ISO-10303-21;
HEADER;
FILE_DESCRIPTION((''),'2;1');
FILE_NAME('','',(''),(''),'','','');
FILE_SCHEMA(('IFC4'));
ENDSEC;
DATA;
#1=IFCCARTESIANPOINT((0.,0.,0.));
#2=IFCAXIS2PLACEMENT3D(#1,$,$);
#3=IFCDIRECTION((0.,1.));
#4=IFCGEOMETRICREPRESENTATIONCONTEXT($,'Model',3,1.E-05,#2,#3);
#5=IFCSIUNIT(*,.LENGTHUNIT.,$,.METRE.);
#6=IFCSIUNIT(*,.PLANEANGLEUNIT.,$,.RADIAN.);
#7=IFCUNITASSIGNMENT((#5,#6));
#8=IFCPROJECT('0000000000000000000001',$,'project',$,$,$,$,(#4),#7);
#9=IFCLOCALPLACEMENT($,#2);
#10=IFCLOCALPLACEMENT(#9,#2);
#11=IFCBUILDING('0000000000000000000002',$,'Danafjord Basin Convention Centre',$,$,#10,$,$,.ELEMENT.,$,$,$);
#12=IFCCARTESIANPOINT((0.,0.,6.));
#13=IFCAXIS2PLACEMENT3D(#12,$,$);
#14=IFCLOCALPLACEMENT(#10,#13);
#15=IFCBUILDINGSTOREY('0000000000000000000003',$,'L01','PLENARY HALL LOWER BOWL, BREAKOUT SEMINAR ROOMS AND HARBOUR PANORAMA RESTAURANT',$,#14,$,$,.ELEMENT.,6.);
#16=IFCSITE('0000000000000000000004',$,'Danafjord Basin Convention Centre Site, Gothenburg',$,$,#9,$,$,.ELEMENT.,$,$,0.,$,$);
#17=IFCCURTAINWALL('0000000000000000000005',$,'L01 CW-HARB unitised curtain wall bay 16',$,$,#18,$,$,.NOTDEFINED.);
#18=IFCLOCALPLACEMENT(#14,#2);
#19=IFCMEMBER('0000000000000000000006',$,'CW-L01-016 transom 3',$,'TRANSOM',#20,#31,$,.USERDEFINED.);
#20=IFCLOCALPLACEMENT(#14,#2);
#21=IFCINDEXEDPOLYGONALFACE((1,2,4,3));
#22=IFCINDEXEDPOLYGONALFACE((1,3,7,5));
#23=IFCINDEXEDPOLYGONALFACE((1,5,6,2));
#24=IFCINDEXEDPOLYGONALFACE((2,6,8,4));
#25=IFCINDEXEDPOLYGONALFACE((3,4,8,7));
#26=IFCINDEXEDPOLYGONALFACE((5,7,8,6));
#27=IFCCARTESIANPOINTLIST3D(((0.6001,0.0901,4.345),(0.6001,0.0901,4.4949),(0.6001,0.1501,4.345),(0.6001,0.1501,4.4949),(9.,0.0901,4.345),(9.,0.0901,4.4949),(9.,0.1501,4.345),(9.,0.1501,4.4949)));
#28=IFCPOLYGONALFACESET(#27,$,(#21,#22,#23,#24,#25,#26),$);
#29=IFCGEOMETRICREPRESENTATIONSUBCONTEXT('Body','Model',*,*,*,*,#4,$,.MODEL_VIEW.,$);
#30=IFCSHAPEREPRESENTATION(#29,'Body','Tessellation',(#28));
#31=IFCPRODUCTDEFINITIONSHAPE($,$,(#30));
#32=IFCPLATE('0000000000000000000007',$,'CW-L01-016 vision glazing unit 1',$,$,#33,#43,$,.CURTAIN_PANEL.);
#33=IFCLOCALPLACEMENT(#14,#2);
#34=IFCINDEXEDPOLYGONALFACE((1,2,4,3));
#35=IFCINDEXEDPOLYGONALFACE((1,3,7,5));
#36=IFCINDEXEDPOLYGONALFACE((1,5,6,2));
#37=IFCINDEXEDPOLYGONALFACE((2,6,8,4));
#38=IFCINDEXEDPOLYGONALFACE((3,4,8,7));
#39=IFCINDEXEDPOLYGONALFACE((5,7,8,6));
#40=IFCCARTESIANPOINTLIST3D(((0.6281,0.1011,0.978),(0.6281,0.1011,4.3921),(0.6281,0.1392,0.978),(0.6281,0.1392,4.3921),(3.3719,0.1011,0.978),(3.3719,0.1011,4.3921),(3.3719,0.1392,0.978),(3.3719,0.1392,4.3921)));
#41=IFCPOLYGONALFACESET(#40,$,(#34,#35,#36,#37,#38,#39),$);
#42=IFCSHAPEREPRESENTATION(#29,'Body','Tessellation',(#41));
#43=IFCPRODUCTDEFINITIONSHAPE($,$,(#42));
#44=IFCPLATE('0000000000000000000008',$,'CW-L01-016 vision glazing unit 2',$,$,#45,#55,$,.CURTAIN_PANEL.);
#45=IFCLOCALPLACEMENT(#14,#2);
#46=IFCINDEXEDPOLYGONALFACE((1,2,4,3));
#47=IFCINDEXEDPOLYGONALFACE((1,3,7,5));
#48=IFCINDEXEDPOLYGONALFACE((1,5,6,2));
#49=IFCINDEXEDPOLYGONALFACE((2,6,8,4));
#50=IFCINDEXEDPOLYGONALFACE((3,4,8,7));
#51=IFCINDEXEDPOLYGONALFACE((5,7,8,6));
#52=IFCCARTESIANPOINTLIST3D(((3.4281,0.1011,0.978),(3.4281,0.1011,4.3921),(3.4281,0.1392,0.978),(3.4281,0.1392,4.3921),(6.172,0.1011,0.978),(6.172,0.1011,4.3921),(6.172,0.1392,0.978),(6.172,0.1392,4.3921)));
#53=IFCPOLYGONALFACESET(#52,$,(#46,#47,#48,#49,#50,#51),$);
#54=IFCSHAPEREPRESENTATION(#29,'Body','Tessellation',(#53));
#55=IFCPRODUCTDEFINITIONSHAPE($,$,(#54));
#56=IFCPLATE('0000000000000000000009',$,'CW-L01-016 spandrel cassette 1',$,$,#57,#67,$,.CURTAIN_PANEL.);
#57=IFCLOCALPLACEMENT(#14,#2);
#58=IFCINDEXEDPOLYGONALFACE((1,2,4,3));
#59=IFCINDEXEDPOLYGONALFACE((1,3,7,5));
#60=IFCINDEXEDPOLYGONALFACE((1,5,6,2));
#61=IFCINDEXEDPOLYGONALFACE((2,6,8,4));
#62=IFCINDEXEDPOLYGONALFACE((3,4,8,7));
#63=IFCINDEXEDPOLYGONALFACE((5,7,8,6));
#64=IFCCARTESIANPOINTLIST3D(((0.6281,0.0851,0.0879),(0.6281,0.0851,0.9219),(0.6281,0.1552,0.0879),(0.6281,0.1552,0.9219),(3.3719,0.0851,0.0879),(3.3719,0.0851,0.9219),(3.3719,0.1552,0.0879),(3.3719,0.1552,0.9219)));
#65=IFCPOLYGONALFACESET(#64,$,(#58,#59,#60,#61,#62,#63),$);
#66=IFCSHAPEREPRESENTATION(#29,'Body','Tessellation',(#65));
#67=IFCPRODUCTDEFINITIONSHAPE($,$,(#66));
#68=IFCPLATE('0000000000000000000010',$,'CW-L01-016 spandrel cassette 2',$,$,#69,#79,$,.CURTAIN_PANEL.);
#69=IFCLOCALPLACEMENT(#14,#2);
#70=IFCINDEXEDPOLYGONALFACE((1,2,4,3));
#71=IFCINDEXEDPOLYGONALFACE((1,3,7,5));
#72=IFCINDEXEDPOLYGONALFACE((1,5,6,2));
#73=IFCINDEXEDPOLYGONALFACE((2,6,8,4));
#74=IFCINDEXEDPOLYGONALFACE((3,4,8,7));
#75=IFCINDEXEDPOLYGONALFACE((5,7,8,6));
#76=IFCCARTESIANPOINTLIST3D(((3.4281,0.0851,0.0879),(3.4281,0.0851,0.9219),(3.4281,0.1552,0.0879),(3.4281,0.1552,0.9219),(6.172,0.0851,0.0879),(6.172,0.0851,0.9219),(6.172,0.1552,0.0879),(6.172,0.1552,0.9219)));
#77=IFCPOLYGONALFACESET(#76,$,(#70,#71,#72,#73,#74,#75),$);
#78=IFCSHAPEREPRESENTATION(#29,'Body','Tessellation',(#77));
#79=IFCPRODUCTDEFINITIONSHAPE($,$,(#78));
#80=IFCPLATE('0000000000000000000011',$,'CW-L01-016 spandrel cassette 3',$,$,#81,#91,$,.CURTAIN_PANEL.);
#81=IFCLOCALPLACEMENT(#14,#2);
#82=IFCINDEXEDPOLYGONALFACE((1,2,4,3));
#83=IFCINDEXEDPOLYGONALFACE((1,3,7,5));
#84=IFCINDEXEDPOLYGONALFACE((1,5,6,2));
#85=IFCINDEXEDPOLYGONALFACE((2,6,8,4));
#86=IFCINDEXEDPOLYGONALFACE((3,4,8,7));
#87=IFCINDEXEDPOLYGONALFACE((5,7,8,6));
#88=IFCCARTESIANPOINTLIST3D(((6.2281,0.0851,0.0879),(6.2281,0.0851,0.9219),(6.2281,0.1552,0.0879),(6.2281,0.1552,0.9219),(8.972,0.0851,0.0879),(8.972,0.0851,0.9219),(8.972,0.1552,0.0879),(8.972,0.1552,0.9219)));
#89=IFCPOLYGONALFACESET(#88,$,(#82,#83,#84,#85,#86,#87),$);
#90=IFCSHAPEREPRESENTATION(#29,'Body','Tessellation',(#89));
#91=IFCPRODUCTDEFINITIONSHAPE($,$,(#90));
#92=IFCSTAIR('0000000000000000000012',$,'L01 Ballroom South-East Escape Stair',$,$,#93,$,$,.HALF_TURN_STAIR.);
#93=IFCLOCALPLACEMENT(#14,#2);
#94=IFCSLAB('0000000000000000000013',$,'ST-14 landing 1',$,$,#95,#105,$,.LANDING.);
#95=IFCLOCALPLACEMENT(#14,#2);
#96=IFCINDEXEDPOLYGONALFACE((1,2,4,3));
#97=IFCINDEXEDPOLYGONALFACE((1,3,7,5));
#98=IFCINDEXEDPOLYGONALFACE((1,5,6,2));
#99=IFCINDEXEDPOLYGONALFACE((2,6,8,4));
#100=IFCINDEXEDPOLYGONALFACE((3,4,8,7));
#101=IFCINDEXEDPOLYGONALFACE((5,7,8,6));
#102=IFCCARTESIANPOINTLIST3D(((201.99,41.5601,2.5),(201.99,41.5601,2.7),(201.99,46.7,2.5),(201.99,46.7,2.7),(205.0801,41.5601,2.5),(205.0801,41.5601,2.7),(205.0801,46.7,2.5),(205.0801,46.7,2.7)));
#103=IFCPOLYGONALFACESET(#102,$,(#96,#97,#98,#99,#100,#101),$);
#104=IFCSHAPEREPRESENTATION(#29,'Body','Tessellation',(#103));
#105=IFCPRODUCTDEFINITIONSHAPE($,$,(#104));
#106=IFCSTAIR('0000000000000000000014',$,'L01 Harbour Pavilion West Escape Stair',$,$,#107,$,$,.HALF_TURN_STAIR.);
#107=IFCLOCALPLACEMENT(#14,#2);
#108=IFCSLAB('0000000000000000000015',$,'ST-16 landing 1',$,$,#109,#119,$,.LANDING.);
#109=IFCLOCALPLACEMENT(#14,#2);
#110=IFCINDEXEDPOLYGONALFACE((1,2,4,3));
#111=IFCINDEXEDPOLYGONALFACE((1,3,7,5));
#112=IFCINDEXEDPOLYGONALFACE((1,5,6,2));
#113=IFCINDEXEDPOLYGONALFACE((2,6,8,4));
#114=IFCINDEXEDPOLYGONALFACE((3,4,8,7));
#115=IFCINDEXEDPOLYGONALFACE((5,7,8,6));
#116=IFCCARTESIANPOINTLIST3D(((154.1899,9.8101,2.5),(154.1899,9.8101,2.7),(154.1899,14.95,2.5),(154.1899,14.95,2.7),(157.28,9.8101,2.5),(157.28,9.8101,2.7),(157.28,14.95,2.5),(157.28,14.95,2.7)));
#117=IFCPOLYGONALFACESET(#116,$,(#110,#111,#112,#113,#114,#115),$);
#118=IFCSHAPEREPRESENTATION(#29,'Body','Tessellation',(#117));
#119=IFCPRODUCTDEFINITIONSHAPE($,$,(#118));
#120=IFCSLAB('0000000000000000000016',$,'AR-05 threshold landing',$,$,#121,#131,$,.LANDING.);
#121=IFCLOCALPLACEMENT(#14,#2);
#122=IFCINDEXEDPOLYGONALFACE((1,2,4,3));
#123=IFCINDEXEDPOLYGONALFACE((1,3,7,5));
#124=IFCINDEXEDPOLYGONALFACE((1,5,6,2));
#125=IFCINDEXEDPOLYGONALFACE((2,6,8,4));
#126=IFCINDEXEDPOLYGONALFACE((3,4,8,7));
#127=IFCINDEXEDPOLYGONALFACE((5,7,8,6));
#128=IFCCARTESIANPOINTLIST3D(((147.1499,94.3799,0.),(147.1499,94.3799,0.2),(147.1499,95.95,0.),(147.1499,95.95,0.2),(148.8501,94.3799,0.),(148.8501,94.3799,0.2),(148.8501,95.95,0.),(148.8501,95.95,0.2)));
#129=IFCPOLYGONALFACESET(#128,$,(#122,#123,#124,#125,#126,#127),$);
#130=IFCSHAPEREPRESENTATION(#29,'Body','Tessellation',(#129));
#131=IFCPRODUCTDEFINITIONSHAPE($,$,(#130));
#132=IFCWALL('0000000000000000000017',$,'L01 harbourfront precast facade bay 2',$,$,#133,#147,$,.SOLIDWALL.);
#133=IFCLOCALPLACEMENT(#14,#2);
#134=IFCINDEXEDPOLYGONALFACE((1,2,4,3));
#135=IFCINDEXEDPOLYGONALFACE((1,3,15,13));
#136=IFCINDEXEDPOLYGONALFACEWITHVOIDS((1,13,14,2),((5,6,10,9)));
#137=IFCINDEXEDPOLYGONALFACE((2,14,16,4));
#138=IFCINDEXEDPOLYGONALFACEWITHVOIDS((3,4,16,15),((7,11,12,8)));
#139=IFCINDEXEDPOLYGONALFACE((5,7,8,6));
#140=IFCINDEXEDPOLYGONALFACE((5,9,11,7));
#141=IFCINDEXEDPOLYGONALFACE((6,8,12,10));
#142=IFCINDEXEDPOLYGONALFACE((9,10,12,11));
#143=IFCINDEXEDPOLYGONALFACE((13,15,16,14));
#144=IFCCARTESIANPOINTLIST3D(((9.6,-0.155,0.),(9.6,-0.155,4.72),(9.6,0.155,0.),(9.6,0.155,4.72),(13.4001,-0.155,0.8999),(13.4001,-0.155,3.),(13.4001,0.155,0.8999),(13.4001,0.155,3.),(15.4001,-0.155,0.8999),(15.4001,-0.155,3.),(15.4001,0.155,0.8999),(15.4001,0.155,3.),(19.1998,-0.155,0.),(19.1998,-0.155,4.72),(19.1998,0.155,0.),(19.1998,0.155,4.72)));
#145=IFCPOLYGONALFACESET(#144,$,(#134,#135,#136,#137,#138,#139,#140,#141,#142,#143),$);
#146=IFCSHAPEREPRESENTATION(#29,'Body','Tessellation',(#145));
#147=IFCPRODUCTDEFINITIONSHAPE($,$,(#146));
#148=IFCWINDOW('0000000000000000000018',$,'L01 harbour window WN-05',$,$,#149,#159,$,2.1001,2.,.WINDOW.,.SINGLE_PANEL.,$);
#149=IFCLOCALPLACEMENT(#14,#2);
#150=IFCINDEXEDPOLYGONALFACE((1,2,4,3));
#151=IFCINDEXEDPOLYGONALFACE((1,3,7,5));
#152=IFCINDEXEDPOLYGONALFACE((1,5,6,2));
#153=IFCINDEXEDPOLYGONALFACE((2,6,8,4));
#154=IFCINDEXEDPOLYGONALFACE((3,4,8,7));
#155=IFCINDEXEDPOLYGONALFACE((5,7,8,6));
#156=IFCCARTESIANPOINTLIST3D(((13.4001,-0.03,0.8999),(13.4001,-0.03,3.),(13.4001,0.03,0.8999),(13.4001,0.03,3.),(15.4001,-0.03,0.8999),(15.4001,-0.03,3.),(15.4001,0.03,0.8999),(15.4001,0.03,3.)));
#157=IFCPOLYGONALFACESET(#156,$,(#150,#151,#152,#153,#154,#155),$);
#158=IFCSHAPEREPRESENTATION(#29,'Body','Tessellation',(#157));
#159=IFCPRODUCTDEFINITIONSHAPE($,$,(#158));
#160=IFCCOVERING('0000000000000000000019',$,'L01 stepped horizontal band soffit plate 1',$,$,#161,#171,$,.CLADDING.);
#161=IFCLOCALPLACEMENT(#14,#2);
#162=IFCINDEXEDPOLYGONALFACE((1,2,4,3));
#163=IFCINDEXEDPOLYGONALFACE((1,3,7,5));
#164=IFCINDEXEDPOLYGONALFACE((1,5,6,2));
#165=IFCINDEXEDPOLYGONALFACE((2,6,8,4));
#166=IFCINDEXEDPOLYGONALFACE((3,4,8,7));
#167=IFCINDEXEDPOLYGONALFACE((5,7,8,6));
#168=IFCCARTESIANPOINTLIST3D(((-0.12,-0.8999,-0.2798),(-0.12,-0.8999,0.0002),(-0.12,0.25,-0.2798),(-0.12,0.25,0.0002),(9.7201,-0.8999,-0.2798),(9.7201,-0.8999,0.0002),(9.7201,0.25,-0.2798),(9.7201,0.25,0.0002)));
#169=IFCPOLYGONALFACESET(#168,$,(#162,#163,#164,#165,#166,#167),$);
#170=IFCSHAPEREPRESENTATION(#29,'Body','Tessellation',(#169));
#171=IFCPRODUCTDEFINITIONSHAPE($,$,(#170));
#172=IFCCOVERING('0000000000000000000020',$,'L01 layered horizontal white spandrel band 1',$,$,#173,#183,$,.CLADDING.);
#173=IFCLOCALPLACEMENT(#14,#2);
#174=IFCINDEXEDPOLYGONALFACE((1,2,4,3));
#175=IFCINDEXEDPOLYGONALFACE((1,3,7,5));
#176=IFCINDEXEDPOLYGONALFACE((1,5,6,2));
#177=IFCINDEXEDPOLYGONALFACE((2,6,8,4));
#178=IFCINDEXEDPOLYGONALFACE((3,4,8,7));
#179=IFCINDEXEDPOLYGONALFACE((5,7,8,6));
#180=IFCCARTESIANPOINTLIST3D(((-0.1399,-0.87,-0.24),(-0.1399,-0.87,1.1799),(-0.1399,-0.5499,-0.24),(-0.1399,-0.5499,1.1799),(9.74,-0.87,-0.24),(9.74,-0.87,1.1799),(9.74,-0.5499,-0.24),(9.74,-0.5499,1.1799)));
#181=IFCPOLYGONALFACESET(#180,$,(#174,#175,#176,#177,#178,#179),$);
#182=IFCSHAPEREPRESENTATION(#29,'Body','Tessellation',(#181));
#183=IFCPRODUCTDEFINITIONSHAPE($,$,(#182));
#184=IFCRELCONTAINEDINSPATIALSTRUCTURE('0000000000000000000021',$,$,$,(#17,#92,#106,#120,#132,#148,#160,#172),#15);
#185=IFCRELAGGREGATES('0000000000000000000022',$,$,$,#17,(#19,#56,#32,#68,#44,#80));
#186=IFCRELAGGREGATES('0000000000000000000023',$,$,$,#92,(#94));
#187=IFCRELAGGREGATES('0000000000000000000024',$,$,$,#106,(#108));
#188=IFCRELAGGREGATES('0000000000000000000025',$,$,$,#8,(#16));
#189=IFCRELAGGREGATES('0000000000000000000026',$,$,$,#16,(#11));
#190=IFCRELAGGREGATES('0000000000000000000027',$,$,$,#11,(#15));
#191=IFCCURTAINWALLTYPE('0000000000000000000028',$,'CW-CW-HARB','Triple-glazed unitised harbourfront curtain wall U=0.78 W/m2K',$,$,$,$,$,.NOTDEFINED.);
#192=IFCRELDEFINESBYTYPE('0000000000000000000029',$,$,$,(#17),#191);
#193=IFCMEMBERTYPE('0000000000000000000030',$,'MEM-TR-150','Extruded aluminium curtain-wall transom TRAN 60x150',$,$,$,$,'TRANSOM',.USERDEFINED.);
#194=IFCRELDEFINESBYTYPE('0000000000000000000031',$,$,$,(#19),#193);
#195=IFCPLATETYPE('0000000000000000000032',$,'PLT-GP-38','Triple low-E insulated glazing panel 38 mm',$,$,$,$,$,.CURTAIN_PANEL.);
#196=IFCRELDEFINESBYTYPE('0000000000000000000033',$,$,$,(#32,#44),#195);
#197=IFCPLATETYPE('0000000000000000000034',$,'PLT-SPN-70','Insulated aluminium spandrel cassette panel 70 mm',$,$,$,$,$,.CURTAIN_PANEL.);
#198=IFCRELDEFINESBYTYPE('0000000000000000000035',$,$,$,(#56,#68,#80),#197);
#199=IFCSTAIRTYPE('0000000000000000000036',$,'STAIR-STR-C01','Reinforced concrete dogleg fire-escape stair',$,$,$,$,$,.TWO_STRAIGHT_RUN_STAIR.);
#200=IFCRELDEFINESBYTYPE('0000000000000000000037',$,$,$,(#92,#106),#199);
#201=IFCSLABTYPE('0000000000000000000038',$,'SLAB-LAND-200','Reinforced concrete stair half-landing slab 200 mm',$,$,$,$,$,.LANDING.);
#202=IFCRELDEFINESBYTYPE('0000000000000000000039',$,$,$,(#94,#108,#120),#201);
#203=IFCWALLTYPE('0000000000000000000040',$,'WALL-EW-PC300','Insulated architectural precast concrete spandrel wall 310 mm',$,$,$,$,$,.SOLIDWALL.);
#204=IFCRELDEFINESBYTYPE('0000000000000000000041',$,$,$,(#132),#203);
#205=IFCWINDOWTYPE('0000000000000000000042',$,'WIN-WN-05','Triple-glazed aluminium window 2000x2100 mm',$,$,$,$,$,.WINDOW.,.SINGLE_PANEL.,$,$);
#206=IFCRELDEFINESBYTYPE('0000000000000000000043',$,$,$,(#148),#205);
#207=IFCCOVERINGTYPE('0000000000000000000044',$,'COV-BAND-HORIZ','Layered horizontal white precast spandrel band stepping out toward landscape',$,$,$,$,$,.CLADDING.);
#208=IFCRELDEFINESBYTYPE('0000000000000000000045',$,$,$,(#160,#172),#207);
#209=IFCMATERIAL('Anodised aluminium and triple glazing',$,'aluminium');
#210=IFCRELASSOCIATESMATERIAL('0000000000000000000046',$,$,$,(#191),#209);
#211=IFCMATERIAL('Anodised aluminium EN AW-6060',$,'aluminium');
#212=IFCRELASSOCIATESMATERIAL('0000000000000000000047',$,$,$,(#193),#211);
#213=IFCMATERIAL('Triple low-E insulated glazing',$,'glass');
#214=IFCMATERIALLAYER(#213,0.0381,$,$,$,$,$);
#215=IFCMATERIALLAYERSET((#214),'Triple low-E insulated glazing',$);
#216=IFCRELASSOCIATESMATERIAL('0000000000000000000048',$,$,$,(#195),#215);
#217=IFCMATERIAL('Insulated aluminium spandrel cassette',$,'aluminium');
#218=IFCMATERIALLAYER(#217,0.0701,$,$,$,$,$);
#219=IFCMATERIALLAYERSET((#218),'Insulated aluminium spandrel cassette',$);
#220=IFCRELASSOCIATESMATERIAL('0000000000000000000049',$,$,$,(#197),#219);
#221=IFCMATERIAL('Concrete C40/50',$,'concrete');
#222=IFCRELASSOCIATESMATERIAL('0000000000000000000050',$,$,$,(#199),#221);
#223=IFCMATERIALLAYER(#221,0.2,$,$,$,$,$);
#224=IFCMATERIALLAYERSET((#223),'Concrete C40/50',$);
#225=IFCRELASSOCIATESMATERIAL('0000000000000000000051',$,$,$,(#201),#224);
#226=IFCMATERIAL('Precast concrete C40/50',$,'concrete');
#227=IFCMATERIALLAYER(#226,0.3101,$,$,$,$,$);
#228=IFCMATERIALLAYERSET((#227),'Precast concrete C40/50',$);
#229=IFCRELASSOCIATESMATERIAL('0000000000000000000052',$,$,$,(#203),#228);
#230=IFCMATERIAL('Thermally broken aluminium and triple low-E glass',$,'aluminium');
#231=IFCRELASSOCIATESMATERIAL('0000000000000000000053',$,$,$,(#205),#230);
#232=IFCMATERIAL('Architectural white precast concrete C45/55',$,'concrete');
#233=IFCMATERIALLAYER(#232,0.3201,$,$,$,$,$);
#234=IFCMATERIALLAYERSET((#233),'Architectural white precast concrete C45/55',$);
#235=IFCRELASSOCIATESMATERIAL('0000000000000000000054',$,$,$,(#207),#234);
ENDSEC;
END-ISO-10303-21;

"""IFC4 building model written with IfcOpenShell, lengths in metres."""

from ifc_helpers import new_model, si_unit, direction, frame, frame_2d, origin, origin_2d, place, context, subcontext, project, spatial, polyline, rectangle, outline, extrude, material, layer, layer_set, material_profile, profile_set, type_object, element, fill, aggregate, save


model = new_model("IFC4")

# Units and contexts
model_context = context("Model", 3, precision=1e-05, world=origin(), true_north=direction((0.0, 1.0)))
body_context = subcontext(model_context, "Body", "Model", "MODEL_VIEW")
ifc_project = project(units=[si_unit("LENGTHUNIT", "METRE"), si_unit("PLANEANGLEUNIT", "RADIAN")], contexts=[model_context])

# Site, building, storey
site_placement = place(None, origin())
site = spatial("IfcSite", under=ifc_project, at=site_placement, Name="Danafjord Basin Convention Centre Site, Gothenburg", CompositionType="ELEMENT", RefElevation=0.0)
building_placement = place(site_placement, origin())
building = spatial("IfcBuilding", under=site, at=building_placement, Name="Danafjord Basin Convention Centre", CompositionType="ELEMENT")
storey_placement = place(building_placement, frame((0.0, 0.0, 6.0)))
storey = spatial("IfcBuildingStorey", under=building, at=storey_placement, Name="L01", Description="PLENARY HALL LOWER BOWL, BREAKOUT SEMINAR ROOMS AND HARBOUR PANORAMA RESTAURANT", CompositionType="ELEMENT", Elevation=6.0)

# Curtain wall, member, plates
ifc_material_1 = material(Name="Anodised aluminium and triple glazing", Category="aluminium")
curtain_wall_type = type_object("IfcCurtainWallType", Name="CW-CW-HARB", Description="Triple-glazed unitised harbourfront curtain wall U=0.78 W/m2K", PredefinedType="NOTDEFINED", material=ifc_material_1)
curtain_wall_placement = place(storey_placement, origin())
curtain_wall = element("IfcCurtainWall", 1, at=curtain_wall_placement, inside=storey, type_object=curtain_wall_type, Name="L01 CW-HARB unitised curtain wall bay 16", PredefinedType="NOTDEFINED")
ifc_material_2 = material(Name="Anodised aluminium EN AW-6060", Category="aluminium")
ifc_material_profile_1 = material_profile(ifc_material_2, rectangle(XDim=0.0601, YDim=0.1499, at=origin_2d()), Name="TRAN 60x150")
ifc_profile_set_1 = profile_set([ifc_material_profile_1], Name="Anodised aluminium EN AW-6060")
member_type_1 = type_object("IfcMemberType", Name="MEM-TR-150", Description="Extruded aluminium curtain-wall transom TRAN 60x150", ElementType="TRANSOM", PredefinedType="USERDEFINED", material=ifc_profile_set_1)
member_1_placement = place(storey_placement, frame((0.6001, 0.1201, 4.4199), z_axis=(1.0, 0.0, 0.0), x_axis=(0.0, 1.0, 0.0)))
member_1 = element("IfcMember", 2, at=member_1_placement, type_object=member_type_1, Name="CW-L01-016 transom 3", ObjectType="TRANSOM", PredefinedType="USERDEFINED", context=body_context, shape_type="SweptSolid", body=[
    extrude(rectangle(XDim=0.0601, YDim=0.1499, at=origin_2d()), origin(), (0.0, 0.0, 1.0), 8.3999),
])
ifc_material_3 = material(Name="Triple low-E insulated glazing", Category="glass")
ifc_layer_1 = layer(ifc_material_3, 0.0381)
ifc_layer_set_1 = layer_set([ifc_layer_1], Name="Triple low-E insulated glazing")
plate_type_1 = type_object("IfcPlateType", Name="PLT-GP-38", Description="Triple low-E insulated glazing panel 38 mm", PredefinedType="CURTAIN_PANEL", material=ifc_layer_set_1)
plate_1_placement = place(storey_placement, frame((2.0, 0.1201, 0.978), z_axis=(0.0, 0.0, 1.0), x_axis=(1.0, 0.0, 0.0)))
plate_1 = element("IfcPlate", 3, at=plate_1_placement, type_object=plate_type_1, Name="CW-L01-016 vision glazing unit 1", PredefinedType="CURTAIN_PANEL", context=body_context, shape_type="SweptSolid", body=[
    extrude(rectangle(XDim=2.7439, YDim=0.0381, at=origin_2d()), origin(), (0.0, 0.0, 1.0), 3.4141),
])
plate_2_placement = place(storey_placement, frame((4.8, 0.1201, 0.978), z_axis=(0.0, 0.0, 1.0), x_axis=(1.0, 0.0, 0.0)))
plate_2 = element("IfcPlate", 4, at=plate_2_placement, type_object=plate_type_1, Name="CW-L01-016 vision glazing unit 2", PredefinedType="CURTAIN_PANEL", context=body_context, shape_type="SweptSolid", body=[
    extrude(rectangle(XDim=2.7439, YDim=0.0381, at=origin_2d()), origin(), (0.0, 0.0, 1.0), 3.4141),
])
ifc_material_4 = material(Name="Insulated aluminium spandrel cassette", Category="aluminium")
ifc_layer_2 = layer(ifc_material_4, 0.0701)
ifc_layer_set_2 = layer_set([ifc_layer_2], Name="Insulated aluminium spandrel cassette")
plate_type_2 = type_object("IfcPlateType", Name="PLT-SPN-70", Description="Insulated aluminium spandrel cassette panel 70 mm", PredefinedType="CURTAIN_PANEL", material=ifc_layer_set_2)
plate_3_placement = place(storey_placement, frame((2.0, 0.1201, 0.0879), z_axis=(0.0, 0.0, 1.0), x_axis=(1.0, 0.0, 0.0)))
plate_3 = element("IfcPlate", 5, at=plate_3_placement, type_object=plate_type_2, Name="CW-L01-016 spandrel cassette 1", PredefinedType="CURTAIN_PANEL", context=body_context, shape_type="SweptSolid", body=[
    extrude(rectangle(XDim=2.7439, YDim=0.0701, at=origin_2d()), origin(), (0.0, 0.0, 1.0), 0.834),
])
plate_4_placement = place(storey_placement, frame((4.8, 0.1201, 0.0879), z_axis=(0.0, 0.0, 1.0), x_axis=(1.0, 0.0, 0.0)))
plate_4 = element("IfcPlate", 6, at=plate_4_placement, type_object=plate_type_2, Name="CW-L01-016 spandrel cassette 2", PredefinedType="CURTAIN_PANEL", context=body_context, shape_type="SweptSolid", body=[
    extrude(rectangle(XDim=2.7439, YDim=0.0701, at=origin_2d()), origin(), (0.0, 0.0, 1.0), 0.834),
])
plate_5_placement = place(storey_placement, frame((7.6001, 0.1201, 0.0879), z_axis=(0.0, 0.0, 1.0), x_axis=(1.0, 0.0, 0.0)))
plate_5 = element("IfcPlate", 7, at=plate_5_placement, type_object=plate_type_2, Name="CW-L01-016 spandrel cassette 3", PredefinedType="CURTAIN_PANEL", context=body_context, shape_type="SweptSolid", body=[
    extrude(rectangle(XDim=2.7439, YDim=0.0701, at=origin_2d()), origin(), (0.0, 0.0, 1.0), 0.834),
])
aggregate(curtain_wall, [member_1, plate_3, plate_1, plate_4, plate_2, plate_5])

# Stairs, slabs
ifc_material_5 = material(Name="Concrete C40/50", Category="concrete")
stair_type = type_object("IfcStairType", Name="STAIR-STR-C01", Description="Reinforced concrete dogleg fire-escape stair", PredefinedType="TWO_STRAIGHT_RUN_STAIR", material=ifc_material_5)
stair_1_placement = place(storey_placement, origin())
stair_1 = element("IfcStair", 8, at=stair_1_placement, inside=storey, type_object=stair_type, Name="L01 Ballroom South-East Escape Stair", PredefinedType="HALF_TURN_STAIR")
ifc_layer_3 = layer(ifc_material_5, 0.2)
ifc_layer_set_3 = layer_set([ifc_layer_3], Name="Concrete C40/50")
slab_type = type_object("IfcSlabType", Name="SLAB-LAND-200", Description="Reinforced concrete stair half-landing slab 200 mm", PredefinedType="LANDING", material=ifc_layer_set_3)
slab_1_placement = place(storey_placement, frame((0.0, 0.0, 2.5)))
slab_1 = element("IfcSlab", 9, at=slab_1_placement, type_object=slab_type, Name="ST-14 landing 1", PredefinedType="LANDING", context=body_context, shape_type="SweptSolid", body=[
    extrude(outline(polyline([(201.99, 41.5601), (205.0801, 41.5601), (205.0801, 46.7), (201.99, 46.7), (201.99, 41.5601)])), origin(), (0.0, 0.0, 1.0), 0.2),
])
aggregate(stair_1, [slab_1])
stair_2_placement = place(storey_placement, origin())
stair_2 = element("IfcStair", 10, at=stair_2_placement, inside=storey, type_object=stair_type, Name="L01 Harbour Pavilion West Escape Stair", PredefinedType="HALF_TURN_STAIR")
slab_2_placement = place(storey_placement, frame((0.0, 0.0, 2.5)))
slab_2 = element("IfcSlab", 11, at=slab_2_placement, type_object=slab_type, Name="ST-16 landing 1", PredefinedType="LANDING", context=body_context, shape_type="SweptSolid", body=[
    extrude(outline(polyline([(154.1899, 9.8101), (157.28, 9.8101), (157.28, 14.95), (154.1899, 14.95), (154.1899, 9.8101)])), origin(), (0.0, 0.0, 1.0), 0.2),
])
aggregate(stair_2, [slab_2])

# Slab
slab_3_placement = place(storey_placement, origin())
element("IfcSlab", 12, at=slab_3_placement, inside=storey, type_object=slab_type, Name="AR-05 threshold landing", PredefinedType="LANDING", context=body_context, shape_type="SweptSolid", body=[
    extrude(outline(polyline([(147.1499, 94.3799), (148.8501, 94.3799), (148.8501, 95.95), (147.1499, 95.95), (147.1499, 94.3799)])), origin(), (0.0, 0.0, 1.0), 0.2),
])

# Wall, opening, window
ifc_material_6 = material(Name="Precast concrete C40/50", Category="concrete")
ifc_layer_4 = layer(ifc_material_6, 0.3101)
ifc_layer_set_4 = layer_set([ifc_layer_4], Name="Precast concrete C40/50")
wall_type = type_object("IfcWallType", Name="WALL-EW-PC300", Description="Insulated architectural precast concrete spandrel wall 310 mm", PredefinedType="SOLIDWALL", material=ifc_layer_set_4)
wall_placement = place(storey_placement, frame((9.6001, 0.0, 0.0), z_axis=(0.0, 0.0, 1.0), x_axis=(1.0, 0.0, 0.0)))
wall = element("IfcWall", 13, at=wall_placement, inside=storey, type_object=wall_type, Name="L01 harbourfront precast facade bay 2", PredefinedType="SOLIDWALL", context=body_context, shape_type="SweptSolid", body=[
    extrude(rectangle(XDim=9.5999, YDim=0.3101, at=frame_2d((4.7998, 0.0))), origin(), (0.0, 0.0, 1.0), 4.72),
])
opening_placement = place(wall_placement, frame((3.8, 0.0, 0.8999)))
opening = element("IfcOpeningElement", 14, at=opening_placement, cuts=wall, PredefinedType="OPENING", context=body_context, shape_type="SweptSolid", body=[
    extrude(rectangle(XDim=2.0, YDim=2.1001, at=frame_2d((1.0, 1.05))), frame((0.0, 0.165, 0.0), z_axis=(0.0, -1.0, 0.0), x_axis=(1.0, 0.0, 0.0)), (0.0, 0.0, 1.0), 0.3301),
])
ifc_material_7 = material(Name="Thermally broken aluminium and triple low-E glass", Category="aluminium")
window_type = type_object("IfcWindowType", Name="WIN-WN-05", Description="Triple-glazed aluminium window 2000x2100 mm", PartitioningType="SINGLE_PANEL", PredefinedType="WINDOW", material=ifc_material_7)
window_placement = place(opening_placement, origin())
window = element("IfcWindow", 15, at=window_placement, inside=storey, type_object=window_type, Name="L01 harbour window WN-05", OverallHeight=2.1001, OverallWidth=2.0, PartitioningType="SINGLE_PANEL", PredefinedType="WINDOW", context=body_context, shape_type="SweptSolid", body=[
    extrude(rectangle(XDim=2.0, YDim=2.1001, at=frame_2d((1.0, 1.05))), frame((0.0, 0.03, 0.0), z_axis=(0.0, -1.0, 0.0), x_axis=(1.0, 0.0, 0.0)), (0.0, 0.0, 1.0), 0.0601),
])
fill(opening, window)

# Coverings
ifc_material_8 = material(Name="Architectural white precast concrete C45/55", Category="concrete")
ifc_layer_5 = layer(ifc_material_8, 0.3201)
ifc_layer_set_5 = layer_set([ifc_layer_5], Name="Architectural white precast concrete C45/55")
covering_type_1 = type_object("IfcCoveringType", Name="COV-BAND-HORIZ", Description="Layered horizontal white precast spandrel band stepping out toward landscape", PredefinedType="CLADDING", material=ifc_layer_set_5)
covering_1_placement = place(storey_placement, frame((4.8, -0.325, -0.2798), z_axis=(0.0, 0.0, 1.0), x_axis=(1.0, 0.0, 0.0)))
element("IfcCovering", 16, at=covering_1_placement, inside=storey, type_object=covering_type_1, Name="L01 stepped horizontal band soffit plate 1", PredefinedType="CLADDING", context=body_context, shape_type="SweptSolid", body=[
    extrude(rectangle(XDim=9.8401, YDim=1.1499, at=origin_2d()), origin(), (0.0, 0.0, 1.0), 0.28),
])
covering_2_placement = place(storey_placement, frame((4.8, -0.71, -0.24), z_axis=(0.0, 0.0, 1.0), x_axis=(1.0, 0.0, 0.0)))
element("IfcCovering", 17, at=covering_2_placement, inside=storey, type_object=covering_type_1, Name="L01 layered horizontal white spandrel band 1", PredefinedType="CLADDING", context=body_context, shape_type="SweptSolid", body=[
    extrude(rectangle(XDim=9.8799, YDim=0.3201, at=origin_2d()), origin(), (0.0, 0.0, 1.0), 1.4199),
])

save(model, "model.ifc")
